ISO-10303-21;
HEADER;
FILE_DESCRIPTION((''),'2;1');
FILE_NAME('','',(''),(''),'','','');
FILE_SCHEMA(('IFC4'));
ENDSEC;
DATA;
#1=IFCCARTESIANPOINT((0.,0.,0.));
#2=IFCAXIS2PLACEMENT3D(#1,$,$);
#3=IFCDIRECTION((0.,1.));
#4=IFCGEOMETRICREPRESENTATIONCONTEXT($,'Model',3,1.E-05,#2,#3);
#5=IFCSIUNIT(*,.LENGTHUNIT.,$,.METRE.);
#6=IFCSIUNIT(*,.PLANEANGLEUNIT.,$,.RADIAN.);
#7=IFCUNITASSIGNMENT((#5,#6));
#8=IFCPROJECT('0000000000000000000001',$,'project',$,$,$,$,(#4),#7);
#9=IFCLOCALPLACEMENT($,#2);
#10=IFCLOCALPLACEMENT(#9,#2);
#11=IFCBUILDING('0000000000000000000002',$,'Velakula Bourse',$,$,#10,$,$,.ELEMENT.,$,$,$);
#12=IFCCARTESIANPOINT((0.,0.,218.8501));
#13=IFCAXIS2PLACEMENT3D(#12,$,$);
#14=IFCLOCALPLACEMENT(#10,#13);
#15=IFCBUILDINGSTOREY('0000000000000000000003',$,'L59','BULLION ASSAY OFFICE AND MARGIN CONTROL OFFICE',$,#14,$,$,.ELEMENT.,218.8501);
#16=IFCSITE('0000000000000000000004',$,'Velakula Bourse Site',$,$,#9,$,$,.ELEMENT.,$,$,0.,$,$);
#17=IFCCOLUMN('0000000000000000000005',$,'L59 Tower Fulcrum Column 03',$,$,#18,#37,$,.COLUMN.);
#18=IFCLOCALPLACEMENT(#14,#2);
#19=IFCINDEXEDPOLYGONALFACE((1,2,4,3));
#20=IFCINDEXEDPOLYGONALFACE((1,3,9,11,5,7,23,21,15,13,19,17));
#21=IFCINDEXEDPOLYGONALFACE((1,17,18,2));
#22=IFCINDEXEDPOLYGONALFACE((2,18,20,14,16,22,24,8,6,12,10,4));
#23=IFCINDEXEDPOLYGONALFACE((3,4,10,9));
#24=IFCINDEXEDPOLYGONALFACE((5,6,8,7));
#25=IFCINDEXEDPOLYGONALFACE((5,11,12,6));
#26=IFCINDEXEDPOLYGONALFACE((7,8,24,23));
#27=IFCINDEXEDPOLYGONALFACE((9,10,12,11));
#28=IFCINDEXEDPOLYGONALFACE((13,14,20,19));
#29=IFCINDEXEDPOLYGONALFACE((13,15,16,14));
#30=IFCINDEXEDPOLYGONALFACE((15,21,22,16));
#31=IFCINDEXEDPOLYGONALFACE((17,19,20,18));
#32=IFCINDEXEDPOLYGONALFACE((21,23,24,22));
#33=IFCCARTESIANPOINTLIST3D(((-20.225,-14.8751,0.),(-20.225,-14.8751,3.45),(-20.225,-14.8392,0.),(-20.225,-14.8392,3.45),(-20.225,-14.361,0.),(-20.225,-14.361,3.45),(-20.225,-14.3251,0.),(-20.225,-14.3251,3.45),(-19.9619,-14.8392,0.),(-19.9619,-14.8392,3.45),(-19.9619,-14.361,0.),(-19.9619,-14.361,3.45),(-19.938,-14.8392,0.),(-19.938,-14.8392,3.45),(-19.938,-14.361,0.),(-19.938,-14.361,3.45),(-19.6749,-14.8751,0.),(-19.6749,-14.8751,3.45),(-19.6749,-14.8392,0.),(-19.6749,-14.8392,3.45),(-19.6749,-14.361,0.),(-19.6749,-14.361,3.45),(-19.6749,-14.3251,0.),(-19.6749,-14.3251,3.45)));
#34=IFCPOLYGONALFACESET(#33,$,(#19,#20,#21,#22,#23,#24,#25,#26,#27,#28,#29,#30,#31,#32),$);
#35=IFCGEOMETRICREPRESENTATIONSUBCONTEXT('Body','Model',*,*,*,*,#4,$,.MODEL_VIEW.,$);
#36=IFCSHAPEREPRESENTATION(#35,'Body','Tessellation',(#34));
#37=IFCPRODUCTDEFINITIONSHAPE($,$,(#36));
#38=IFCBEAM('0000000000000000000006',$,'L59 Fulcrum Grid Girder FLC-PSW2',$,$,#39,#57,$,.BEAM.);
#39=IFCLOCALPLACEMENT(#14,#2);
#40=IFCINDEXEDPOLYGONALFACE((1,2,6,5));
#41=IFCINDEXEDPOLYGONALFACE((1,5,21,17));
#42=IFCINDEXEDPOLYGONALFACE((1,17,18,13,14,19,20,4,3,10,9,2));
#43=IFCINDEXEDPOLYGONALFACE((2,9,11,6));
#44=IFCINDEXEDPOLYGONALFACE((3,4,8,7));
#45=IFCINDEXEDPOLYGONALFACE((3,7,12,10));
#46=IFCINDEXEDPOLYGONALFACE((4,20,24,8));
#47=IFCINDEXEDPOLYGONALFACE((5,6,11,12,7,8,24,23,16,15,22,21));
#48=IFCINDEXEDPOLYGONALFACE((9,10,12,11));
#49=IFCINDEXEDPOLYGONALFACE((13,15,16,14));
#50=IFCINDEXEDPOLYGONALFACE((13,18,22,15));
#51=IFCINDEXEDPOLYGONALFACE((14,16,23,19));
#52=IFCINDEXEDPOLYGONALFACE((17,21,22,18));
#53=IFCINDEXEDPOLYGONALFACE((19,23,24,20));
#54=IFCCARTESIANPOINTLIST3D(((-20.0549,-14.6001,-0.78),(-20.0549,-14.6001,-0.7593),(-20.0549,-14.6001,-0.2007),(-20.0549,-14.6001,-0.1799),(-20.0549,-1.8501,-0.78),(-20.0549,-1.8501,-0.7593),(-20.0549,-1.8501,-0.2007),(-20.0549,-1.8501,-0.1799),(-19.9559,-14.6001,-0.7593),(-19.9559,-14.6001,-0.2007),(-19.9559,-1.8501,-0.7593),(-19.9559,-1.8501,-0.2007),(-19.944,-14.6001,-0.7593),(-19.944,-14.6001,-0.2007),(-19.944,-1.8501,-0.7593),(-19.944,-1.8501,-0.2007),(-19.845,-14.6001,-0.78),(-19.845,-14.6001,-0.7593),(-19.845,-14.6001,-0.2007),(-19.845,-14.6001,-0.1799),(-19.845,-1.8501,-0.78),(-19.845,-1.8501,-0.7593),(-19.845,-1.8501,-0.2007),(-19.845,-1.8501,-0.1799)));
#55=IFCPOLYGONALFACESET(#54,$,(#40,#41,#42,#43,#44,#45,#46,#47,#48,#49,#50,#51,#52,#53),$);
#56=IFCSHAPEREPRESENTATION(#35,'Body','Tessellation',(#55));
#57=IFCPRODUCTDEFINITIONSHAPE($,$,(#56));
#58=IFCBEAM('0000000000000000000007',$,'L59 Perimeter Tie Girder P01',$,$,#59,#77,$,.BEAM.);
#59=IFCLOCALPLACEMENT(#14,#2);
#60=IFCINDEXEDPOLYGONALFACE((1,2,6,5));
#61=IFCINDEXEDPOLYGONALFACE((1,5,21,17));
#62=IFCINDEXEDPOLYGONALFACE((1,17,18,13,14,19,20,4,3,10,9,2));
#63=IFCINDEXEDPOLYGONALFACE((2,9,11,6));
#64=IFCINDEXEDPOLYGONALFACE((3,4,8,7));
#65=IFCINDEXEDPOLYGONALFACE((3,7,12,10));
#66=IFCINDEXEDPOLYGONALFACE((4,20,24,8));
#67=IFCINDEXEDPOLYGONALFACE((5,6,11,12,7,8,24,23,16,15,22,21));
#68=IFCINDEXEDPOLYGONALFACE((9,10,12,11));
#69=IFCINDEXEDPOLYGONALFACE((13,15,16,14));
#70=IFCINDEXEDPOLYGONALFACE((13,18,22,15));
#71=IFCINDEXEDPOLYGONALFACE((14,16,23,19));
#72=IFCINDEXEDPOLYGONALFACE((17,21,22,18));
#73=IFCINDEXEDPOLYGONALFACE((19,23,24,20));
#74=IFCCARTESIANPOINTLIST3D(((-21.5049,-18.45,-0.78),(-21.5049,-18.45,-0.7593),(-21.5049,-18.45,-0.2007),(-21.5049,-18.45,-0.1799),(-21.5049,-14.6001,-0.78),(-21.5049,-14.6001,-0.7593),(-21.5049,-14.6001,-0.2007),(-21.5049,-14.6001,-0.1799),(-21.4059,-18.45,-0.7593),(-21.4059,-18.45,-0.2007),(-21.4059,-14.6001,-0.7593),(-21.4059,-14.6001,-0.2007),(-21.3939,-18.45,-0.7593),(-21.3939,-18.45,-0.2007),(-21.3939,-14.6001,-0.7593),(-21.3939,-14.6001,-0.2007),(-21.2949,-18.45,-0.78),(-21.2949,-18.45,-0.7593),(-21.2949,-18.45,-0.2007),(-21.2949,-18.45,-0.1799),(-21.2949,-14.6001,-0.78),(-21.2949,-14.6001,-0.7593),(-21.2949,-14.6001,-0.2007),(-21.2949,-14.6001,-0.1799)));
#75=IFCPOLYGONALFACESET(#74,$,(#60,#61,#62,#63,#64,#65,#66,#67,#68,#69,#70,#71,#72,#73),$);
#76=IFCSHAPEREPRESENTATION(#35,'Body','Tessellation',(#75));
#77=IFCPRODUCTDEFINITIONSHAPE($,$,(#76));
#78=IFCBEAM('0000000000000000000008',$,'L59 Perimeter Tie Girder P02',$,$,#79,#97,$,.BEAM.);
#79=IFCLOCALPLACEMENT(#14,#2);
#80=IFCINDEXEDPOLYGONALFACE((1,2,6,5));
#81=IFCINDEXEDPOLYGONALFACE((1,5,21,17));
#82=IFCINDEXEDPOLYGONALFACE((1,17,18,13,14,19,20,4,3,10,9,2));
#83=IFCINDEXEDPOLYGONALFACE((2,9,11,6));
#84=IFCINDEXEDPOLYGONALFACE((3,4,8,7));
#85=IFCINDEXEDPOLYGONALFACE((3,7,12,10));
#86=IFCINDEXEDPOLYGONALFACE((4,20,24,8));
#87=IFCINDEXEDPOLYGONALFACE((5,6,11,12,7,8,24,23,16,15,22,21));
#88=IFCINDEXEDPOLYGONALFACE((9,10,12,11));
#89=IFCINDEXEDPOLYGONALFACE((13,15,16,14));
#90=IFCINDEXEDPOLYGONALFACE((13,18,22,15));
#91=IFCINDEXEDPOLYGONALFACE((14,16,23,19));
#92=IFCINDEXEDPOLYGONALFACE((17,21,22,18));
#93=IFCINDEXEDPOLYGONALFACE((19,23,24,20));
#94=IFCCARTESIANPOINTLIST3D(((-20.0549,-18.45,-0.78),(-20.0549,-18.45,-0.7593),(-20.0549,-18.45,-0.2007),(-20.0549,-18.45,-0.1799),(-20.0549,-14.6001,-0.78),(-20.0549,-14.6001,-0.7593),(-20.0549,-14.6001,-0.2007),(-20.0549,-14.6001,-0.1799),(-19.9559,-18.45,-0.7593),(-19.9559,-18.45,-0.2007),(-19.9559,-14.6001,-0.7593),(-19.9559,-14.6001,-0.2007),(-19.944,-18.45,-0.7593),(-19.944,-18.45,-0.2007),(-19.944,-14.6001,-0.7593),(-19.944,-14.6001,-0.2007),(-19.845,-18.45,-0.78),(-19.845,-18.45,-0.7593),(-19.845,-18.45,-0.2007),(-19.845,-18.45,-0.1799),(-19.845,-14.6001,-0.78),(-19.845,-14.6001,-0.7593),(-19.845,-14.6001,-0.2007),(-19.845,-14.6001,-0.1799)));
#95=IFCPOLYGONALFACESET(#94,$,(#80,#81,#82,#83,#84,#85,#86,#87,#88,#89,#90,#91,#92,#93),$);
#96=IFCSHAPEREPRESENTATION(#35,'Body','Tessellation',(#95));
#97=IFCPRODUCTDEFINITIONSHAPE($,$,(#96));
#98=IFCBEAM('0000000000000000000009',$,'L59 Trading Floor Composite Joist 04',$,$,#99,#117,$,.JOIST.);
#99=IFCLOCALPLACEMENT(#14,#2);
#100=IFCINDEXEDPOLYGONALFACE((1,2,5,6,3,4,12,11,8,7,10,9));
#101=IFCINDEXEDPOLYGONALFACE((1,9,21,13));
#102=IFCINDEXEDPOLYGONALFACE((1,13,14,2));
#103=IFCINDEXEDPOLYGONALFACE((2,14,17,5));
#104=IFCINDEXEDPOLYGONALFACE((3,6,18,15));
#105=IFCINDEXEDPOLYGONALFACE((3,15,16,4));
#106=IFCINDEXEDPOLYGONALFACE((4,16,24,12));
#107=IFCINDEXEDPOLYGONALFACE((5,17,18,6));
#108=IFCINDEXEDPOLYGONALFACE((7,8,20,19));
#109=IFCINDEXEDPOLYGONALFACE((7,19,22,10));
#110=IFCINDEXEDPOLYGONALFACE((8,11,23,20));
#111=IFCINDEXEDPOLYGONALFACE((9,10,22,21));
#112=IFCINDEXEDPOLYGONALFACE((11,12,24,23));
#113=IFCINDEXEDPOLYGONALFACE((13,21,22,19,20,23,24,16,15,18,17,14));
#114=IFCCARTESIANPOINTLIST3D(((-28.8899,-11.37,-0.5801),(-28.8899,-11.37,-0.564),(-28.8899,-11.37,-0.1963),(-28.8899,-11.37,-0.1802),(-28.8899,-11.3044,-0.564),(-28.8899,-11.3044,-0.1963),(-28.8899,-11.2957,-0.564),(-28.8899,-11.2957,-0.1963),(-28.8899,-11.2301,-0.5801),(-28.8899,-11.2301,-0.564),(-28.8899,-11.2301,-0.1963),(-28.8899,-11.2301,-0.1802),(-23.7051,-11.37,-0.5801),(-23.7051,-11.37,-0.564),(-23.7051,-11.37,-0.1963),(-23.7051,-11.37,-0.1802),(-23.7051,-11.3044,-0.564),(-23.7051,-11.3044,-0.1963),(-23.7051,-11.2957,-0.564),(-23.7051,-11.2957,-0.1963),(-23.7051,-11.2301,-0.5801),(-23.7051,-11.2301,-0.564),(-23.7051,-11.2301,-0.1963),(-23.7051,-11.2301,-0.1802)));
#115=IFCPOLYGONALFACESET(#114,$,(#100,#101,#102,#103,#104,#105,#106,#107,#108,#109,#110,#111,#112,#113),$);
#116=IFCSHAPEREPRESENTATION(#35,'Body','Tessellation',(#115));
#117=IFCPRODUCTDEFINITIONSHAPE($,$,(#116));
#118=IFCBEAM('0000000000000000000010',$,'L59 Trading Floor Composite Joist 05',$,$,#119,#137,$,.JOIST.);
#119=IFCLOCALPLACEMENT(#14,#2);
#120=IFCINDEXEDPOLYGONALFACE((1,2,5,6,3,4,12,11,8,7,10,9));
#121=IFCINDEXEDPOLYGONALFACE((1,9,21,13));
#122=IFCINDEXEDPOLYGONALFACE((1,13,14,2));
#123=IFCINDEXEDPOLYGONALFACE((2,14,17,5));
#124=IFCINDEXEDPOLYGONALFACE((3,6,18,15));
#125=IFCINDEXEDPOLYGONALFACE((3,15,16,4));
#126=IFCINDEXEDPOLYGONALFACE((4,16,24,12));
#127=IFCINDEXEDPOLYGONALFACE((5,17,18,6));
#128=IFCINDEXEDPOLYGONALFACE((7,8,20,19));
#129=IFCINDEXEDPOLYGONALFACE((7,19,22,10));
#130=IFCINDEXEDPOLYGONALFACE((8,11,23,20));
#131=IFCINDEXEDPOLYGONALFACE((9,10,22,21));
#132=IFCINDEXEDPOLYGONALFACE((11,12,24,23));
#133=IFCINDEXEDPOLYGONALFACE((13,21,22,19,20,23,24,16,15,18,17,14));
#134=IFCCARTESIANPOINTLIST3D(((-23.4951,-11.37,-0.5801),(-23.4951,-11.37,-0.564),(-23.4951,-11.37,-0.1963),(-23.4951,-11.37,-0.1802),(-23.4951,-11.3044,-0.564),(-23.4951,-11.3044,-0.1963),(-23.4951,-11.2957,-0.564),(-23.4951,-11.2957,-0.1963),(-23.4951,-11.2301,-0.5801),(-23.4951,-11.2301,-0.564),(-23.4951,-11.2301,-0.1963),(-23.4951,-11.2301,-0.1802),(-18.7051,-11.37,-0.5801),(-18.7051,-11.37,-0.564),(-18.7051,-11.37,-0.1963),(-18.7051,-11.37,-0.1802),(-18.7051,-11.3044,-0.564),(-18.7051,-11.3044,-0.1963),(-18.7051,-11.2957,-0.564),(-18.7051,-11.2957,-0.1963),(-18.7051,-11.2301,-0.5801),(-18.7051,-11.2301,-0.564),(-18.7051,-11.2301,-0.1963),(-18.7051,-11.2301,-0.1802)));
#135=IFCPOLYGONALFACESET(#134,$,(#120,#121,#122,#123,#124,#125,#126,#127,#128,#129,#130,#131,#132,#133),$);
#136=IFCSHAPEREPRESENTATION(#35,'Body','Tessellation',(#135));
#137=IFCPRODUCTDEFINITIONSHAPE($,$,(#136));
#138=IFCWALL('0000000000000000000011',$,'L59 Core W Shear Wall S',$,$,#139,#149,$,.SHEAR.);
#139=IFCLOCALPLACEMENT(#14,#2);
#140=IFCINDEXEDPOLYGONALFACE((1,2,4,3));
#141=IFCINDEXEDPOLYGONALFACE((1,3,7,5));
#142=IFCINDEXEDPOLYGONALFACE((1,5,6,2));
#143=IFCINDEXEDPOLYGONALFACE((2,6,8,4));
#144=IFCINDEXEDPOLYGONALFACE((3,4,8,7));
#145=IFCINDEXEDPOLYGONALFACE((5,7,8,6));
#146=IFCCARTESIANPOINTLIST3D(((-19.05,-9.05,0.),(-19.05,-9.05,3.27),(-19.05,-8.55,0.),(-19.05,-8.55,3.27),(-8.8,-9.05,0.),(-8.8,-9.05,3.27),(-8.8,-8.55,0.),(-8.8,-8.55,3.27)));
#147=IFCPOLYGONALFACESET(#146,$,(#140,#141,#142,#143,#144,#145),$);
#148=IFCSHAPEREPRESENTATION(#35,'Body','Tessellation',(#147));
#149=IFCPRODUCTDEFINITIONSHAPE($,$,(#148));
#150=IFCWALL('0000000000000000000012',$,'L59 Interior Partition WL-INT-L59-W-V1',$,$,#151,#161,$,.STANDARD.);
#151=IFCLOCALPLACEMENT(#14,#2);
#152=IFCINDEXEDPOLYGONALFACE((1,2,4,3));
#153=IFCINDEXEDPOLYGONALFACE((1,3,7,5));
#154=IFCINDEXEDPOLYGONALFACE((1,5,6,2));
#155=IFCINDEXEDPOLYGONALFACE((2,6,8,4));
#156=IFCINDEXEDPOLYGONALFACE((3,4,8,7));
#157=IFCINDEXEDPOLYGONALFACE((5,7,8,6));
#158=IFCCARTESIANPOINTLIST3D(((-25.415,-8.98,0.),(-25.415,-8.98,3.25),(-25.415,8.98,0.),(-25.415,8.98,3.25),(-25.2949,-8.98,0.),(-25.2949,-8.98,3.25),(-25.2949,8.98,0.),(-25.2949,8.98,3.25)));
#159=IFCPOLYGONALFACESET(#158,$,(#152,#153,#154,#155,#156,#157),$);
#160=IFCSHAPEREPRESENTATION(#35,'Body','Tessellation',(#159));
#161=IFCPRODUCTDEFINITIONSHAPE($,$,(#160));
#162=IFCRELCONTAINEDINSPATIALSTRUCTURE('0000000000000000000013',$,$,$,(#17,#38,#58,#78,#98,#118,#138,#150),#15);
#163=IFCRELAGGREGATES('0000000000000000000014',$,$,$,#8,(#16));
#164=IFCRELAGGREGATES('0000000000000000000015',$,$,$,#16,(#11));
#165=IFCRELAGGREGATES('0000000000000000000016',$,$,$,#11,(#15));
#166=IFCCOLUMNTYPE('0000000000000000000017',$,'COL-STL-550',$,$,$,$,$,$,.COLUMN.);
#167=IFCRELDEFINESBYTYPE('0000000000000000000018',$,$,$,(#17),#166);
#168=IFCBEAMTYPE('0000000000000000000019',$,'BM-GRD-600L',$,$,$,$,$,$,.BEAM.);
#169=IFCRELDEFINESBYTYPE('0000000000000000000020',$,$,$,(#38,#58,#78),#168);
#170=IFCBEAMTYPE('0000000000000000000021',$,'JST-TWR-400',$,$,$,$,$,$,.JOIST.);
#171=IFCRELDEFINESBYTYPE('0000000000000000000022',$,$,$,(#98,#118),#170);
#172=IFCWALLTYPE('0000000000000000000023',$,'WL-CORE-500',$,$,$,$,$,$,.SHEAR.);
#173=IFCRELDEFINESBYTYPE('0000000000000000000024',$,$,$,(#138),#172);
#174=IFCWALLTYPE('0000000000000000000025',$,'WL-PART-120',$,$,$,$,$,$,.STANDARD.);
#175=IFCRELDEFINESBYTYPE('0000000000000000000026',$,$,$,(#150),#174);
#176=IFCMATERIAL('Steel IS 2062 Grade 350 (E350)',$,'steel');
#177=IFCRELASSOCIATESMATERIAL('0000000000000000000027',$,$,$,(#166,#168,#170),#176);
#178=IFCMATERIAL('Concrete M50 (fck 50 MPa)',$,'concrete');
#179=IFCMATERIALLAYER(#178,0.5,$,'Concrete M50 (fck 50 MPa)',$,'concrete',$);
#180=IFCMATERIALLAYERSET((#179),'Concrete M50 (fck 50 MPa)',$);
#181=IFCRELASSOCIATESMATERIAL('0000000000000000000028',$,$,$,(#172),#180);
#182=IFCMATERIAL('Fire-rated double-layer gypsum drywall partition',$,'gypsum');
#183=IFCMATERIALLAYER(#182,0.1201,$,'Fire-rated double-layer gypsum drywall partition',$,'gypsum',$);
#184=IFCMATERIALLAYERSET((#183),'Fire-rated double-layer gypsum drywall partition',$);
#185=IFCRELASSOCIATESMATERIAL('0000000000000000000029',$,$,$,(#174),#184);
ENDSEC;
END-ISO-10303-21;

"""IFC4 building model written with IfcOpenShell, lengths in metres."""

from ifc_helpers import new_model, si_unit, direction, frame, frame_2d, origin, origin_2d, place, context, subcontext, project, spatial, rectangle, i_section, extrude, material, layer, layer_set, material_profile, profile_set, type_object, element, save


model = new_model("IFC4")

# Units and contexts
model_context = context("Model", 3, precision=1e-05, world=origin(), true_north=direction((0.0, 1.0)))
body_context = subcontext(model_context, "Body", "Model", "MODEL_VIEW")
ifc_project = project(units=[si_unit("LENGTHUNIT", "METRE"), si_unit("PLANEANGLEUNIT", "RADIAN")], contexts=[model_context])

# Site, building, storey
site_placement = place(None, origin())
site = spatial("IfcSite", under=ifc_project, at=site_placement, Name="Velakula Bourse Site", CompositionType="ELEMENT", RefElevation=0.0)
building_placement = place(site_placement, origin())
building = spatial("IfcBuilding", under=site, at=building_placement, Name="Velakula Bourse", CompositionType="ELEMENT")
storey_placement = place(building_placement, frame((0.0, 0.0, 218.8501)))
storey = spatial("IfcBuildingStorey", under=building, at=storey_placement, Name="L59", Description="BULLION ASSAY OFFICE AND MARGIN CONTROL OFFICE", CompositionType="ELEMENT", Elevation=218.8501)

# Column
ifc_material_1 = material(Name="Steel IS 2062 Grade 350 (E350)", Category="steel")
ifc_material_profile_1 = material_profile(ifc_material_1, i_section(OverallWidth=0.55, OverallDepth=0.55, WebThickness=0.0239, FlangeThickness=0.0359, at=origin_2d()), Name="Steel IS 2062 Grade 350 (E350)")
ifc_profile_set_1 = profile_set([ifc_material_profile_1], Name="Steel IS 2062 Grade 350 (E350)")
column_type = type_object("IfcColumnType", Name="COL-STL-550", PredefinedType="COLUMN", material=ifc_profile_set_1)
column_placement = place(storey_placement, frame((-19.95, -14.6001, 0.0), z_axis=(0.0, 0.0, 1.0), x_axis=(1.0, 0.0, 0.0)))
element("IfcColumn", 1, at=column_placement, inside=storey, type_object=column_type, Name="L59 Tower Fulcrum Column 03", PredefinedType="COLUMN", context=body_context, shape_type="SweptSolid", body=[
    extrude(i_section(OverallWidth=0.55, OverallDepth=0.55, WebThickness=0.0239, FlangeThickness=0.0359, at=origin_2d()), origin(), (0.0, 0.0, 1.0), 3.45),
])

# Beams
ifc_material_profile_2 = material_profile(ifc_material_1, i_section(OverallWidth=0.21, OverallDepth=0.6001, WebThickness=0.012, FlangeThickness=0.0208, at=origin_2d()), Name="Steel IS 2062 Grade 350 (E350)")
ifc_profile_set_2 = profile_set([ifc_material_profile_2], Name="Steel IS 2062 Grade 350 (E350)")
beam_type_1 = type_object("IfcBeamType", Name="BM-GRD-600L", PredefinedType="BEAM", material=ifc_profile_set_2)
beam_1_placement = place(storey_placement, frame((-19.95, -14.6001, -0.48), z_axis=(0.0, 1.0, 0.0), x_axis=(-1.0, 0.0, 0.0)))
element("IfcBeam", 2, at=beam_1_placement, inside=storey, type_object=beam_type_1, Name="L59 Fulcrum Grid Girder FLC-PSW2", PredefinedType="BEAM", context=body_context, shape_type="SweptSolid", body=[
    extrude(i_section(OverallWidth=0.21, OverallDepth=0.6001, WebThickness=0.012, FlangeThickness=0.0208, at=origin_2d()), origin(), (0.0, 0.0, 1.0), 12.75),
])
for number, where, z_axis, x_axis, name in (
    (3, (-21.3999, -14.6001, -0.48), (0.0, -1.0, 0.0), (1.0, 0.0, 0.0), "L59 Perimeter Tie Girder P01"),
    (4, (-19.95, -14.6001, -0.48), (0.0, -1.0, 0.0), (1.0, 0.0, 0.0), "L59 Perimeter Tie Girder P02"),
):
    element("IfcBeam", number, at=place(storey_placement, frame(where, z_axis=z_axis, x_axis=x_axis)), inside=storey, type_object=beam_type_1, Name=name, PredefinedType="BEAM", context=body_context, shape_type="SweptSolid", body=[
        extrude(i_section(OverallWidth=0.21, OverallDepth=0.6001, WebThickness=0.012, FlangeThickness=0.0208, at=origin_2d()), origin(), (0.0, 0.0, 1.0), 3.8499),
    ])
ifc_material_profile_3 = material_profile(ifc_material_1, i_section(OverallWidth=0.1399, OverallDepth=0.3999, WebThickness=0.0088, FlangeThickness=0.0161, at=origin_2d()), Name="Steel IS 2062 Grade 350 (E350)")
ifc_profile_set_3 = profile_set([ifc_material_profile_3], Name="Steel IS 2062 Grade 350 (E350)")
beam_type_2 = type_object("IfcBeamType", Name="JST-TWR-400", PredefinedType="JOIST", material=ifc_profile_set_3)
beam_2_placement = place(storey_placement, frame((-28.8899, -11.3, -0.3801), z_axis=(1.0, 0.0, 0.0), x_axis=(0.0, 1.0, 0.0)))
element("IfcBeam", 5, at=beam_2_placement, inside=storey, type_object=beam_type_2, Name="L59 Trading Floor Composite Joist 04", PredefinedType="JOIST", context=body_context, shape_type="SweptSolid", body=[
    extrude(i_section(OverallWidth=0.1399, OverallDepth=0.3999, WebThickness=0.0088, FlangeThickness=0.0161, at=origin_2d()), origin(), (0.0, 0.0, 1.0), 5.1848),
])
beam_3_placement = place(storey_placement, frame((-23.4951, -11.3, -0.3801), z_axis=(1.0, 0.0, 0.0), x_axis=(0.0, 1.0, 0.0)))
element("IfcBeam", 6, at=beam_3_placement, inside=storey, type_object=beam_type_2, Name="L59 Trading Floor Composite Joist 05", PredefinedType="JOIST", context=body_context, shape_type="SweptSolid", body=[
    extrude(i_section(OverallWidth=0.1399, OverallDepth=0.3999, WebThickness=0.0088, FlangeThickness=0.0161, at=origin_2d()), origin(), (0.0, 0.0, 1.0), 4.79),
])

# Walls
ifc_material_2 = material(Name="Concrete M50 (fck 50 MPa)", Category="concrete")
ifc_layer_1 = layer(ifc_material_2, 0.5, Name="Concrete M50 (fck 50 MPa)", Category="concrete")
ifc_layer_set_1 = layer_set([ifc_layer_1], Name="Concrete M50 (fck 50 MPa)")
wall_type_1 = type_object("IfcWallType", Name="WL-CORE-500", PredefinedType="SHEAR", material=ifc_layer_set_1)
wall_1_placement = place(storey_placement, frame((-19.05, -8.8, 0.0), z_axis=(0.0, 0.0, 1.0), x_axis=(1.0, 0.0, 0.0)))
element("IfcWall", 7, at=wall_1_placement, inside=storey, type_object=wall_type_1, Name="L59 Core W Shear Wall S", PredefinedType="SHEAR", context=body_context, shape_type="SweptSolid", body=[
    extrude(rectangle(XDim=10.25, YDim=0.5, at=frame_2d((5.125, 0.0))), origin(), (0.0, 0.0, 1.0), 3.27),
])
ifc_material_3 = material(Name="Fire-rated double-layer gypsum drywall partition", Category="gypsum")
ifc_layer_2 = layer(ifc_material_3, 0.1201, Name="Fire-rated double-layer gypsum drywall partition", Category="gypsum")
ifc_layer_set_2 = layer_set([ifc_layer_2], Name="Fire-rated double-layer gypsum drywall partition")
wall_type_2 = type_object("IfcWallType", Name="WL-PART-120", PredefinedType="STANDARD", material=ifc_layer_set_2)
wall_2_placement = place(storey_placement, frame((-25.355, -8.98, 0.0), z_axis=(0.0, 0.0, 1.0), x_axis=(0.0, 1.0, 0.0)))
element("IfcWall", 8, at=wall_2_placement, inside=storey, type_object=wall_type_2, Name="L59 Interior Partition WL-INT-L59-W-V1", PredefinedType="STANDARD", context=body_context, shape_type="SweptSolid", body=[
    extrude(rectangle(XDim=17.96, YDim=0.1201, at=frame_2d((8.98, 0.0))), origin(), (0.0, 0.0, 1.0), 3.25),
])

save(model, "model.ifc")
